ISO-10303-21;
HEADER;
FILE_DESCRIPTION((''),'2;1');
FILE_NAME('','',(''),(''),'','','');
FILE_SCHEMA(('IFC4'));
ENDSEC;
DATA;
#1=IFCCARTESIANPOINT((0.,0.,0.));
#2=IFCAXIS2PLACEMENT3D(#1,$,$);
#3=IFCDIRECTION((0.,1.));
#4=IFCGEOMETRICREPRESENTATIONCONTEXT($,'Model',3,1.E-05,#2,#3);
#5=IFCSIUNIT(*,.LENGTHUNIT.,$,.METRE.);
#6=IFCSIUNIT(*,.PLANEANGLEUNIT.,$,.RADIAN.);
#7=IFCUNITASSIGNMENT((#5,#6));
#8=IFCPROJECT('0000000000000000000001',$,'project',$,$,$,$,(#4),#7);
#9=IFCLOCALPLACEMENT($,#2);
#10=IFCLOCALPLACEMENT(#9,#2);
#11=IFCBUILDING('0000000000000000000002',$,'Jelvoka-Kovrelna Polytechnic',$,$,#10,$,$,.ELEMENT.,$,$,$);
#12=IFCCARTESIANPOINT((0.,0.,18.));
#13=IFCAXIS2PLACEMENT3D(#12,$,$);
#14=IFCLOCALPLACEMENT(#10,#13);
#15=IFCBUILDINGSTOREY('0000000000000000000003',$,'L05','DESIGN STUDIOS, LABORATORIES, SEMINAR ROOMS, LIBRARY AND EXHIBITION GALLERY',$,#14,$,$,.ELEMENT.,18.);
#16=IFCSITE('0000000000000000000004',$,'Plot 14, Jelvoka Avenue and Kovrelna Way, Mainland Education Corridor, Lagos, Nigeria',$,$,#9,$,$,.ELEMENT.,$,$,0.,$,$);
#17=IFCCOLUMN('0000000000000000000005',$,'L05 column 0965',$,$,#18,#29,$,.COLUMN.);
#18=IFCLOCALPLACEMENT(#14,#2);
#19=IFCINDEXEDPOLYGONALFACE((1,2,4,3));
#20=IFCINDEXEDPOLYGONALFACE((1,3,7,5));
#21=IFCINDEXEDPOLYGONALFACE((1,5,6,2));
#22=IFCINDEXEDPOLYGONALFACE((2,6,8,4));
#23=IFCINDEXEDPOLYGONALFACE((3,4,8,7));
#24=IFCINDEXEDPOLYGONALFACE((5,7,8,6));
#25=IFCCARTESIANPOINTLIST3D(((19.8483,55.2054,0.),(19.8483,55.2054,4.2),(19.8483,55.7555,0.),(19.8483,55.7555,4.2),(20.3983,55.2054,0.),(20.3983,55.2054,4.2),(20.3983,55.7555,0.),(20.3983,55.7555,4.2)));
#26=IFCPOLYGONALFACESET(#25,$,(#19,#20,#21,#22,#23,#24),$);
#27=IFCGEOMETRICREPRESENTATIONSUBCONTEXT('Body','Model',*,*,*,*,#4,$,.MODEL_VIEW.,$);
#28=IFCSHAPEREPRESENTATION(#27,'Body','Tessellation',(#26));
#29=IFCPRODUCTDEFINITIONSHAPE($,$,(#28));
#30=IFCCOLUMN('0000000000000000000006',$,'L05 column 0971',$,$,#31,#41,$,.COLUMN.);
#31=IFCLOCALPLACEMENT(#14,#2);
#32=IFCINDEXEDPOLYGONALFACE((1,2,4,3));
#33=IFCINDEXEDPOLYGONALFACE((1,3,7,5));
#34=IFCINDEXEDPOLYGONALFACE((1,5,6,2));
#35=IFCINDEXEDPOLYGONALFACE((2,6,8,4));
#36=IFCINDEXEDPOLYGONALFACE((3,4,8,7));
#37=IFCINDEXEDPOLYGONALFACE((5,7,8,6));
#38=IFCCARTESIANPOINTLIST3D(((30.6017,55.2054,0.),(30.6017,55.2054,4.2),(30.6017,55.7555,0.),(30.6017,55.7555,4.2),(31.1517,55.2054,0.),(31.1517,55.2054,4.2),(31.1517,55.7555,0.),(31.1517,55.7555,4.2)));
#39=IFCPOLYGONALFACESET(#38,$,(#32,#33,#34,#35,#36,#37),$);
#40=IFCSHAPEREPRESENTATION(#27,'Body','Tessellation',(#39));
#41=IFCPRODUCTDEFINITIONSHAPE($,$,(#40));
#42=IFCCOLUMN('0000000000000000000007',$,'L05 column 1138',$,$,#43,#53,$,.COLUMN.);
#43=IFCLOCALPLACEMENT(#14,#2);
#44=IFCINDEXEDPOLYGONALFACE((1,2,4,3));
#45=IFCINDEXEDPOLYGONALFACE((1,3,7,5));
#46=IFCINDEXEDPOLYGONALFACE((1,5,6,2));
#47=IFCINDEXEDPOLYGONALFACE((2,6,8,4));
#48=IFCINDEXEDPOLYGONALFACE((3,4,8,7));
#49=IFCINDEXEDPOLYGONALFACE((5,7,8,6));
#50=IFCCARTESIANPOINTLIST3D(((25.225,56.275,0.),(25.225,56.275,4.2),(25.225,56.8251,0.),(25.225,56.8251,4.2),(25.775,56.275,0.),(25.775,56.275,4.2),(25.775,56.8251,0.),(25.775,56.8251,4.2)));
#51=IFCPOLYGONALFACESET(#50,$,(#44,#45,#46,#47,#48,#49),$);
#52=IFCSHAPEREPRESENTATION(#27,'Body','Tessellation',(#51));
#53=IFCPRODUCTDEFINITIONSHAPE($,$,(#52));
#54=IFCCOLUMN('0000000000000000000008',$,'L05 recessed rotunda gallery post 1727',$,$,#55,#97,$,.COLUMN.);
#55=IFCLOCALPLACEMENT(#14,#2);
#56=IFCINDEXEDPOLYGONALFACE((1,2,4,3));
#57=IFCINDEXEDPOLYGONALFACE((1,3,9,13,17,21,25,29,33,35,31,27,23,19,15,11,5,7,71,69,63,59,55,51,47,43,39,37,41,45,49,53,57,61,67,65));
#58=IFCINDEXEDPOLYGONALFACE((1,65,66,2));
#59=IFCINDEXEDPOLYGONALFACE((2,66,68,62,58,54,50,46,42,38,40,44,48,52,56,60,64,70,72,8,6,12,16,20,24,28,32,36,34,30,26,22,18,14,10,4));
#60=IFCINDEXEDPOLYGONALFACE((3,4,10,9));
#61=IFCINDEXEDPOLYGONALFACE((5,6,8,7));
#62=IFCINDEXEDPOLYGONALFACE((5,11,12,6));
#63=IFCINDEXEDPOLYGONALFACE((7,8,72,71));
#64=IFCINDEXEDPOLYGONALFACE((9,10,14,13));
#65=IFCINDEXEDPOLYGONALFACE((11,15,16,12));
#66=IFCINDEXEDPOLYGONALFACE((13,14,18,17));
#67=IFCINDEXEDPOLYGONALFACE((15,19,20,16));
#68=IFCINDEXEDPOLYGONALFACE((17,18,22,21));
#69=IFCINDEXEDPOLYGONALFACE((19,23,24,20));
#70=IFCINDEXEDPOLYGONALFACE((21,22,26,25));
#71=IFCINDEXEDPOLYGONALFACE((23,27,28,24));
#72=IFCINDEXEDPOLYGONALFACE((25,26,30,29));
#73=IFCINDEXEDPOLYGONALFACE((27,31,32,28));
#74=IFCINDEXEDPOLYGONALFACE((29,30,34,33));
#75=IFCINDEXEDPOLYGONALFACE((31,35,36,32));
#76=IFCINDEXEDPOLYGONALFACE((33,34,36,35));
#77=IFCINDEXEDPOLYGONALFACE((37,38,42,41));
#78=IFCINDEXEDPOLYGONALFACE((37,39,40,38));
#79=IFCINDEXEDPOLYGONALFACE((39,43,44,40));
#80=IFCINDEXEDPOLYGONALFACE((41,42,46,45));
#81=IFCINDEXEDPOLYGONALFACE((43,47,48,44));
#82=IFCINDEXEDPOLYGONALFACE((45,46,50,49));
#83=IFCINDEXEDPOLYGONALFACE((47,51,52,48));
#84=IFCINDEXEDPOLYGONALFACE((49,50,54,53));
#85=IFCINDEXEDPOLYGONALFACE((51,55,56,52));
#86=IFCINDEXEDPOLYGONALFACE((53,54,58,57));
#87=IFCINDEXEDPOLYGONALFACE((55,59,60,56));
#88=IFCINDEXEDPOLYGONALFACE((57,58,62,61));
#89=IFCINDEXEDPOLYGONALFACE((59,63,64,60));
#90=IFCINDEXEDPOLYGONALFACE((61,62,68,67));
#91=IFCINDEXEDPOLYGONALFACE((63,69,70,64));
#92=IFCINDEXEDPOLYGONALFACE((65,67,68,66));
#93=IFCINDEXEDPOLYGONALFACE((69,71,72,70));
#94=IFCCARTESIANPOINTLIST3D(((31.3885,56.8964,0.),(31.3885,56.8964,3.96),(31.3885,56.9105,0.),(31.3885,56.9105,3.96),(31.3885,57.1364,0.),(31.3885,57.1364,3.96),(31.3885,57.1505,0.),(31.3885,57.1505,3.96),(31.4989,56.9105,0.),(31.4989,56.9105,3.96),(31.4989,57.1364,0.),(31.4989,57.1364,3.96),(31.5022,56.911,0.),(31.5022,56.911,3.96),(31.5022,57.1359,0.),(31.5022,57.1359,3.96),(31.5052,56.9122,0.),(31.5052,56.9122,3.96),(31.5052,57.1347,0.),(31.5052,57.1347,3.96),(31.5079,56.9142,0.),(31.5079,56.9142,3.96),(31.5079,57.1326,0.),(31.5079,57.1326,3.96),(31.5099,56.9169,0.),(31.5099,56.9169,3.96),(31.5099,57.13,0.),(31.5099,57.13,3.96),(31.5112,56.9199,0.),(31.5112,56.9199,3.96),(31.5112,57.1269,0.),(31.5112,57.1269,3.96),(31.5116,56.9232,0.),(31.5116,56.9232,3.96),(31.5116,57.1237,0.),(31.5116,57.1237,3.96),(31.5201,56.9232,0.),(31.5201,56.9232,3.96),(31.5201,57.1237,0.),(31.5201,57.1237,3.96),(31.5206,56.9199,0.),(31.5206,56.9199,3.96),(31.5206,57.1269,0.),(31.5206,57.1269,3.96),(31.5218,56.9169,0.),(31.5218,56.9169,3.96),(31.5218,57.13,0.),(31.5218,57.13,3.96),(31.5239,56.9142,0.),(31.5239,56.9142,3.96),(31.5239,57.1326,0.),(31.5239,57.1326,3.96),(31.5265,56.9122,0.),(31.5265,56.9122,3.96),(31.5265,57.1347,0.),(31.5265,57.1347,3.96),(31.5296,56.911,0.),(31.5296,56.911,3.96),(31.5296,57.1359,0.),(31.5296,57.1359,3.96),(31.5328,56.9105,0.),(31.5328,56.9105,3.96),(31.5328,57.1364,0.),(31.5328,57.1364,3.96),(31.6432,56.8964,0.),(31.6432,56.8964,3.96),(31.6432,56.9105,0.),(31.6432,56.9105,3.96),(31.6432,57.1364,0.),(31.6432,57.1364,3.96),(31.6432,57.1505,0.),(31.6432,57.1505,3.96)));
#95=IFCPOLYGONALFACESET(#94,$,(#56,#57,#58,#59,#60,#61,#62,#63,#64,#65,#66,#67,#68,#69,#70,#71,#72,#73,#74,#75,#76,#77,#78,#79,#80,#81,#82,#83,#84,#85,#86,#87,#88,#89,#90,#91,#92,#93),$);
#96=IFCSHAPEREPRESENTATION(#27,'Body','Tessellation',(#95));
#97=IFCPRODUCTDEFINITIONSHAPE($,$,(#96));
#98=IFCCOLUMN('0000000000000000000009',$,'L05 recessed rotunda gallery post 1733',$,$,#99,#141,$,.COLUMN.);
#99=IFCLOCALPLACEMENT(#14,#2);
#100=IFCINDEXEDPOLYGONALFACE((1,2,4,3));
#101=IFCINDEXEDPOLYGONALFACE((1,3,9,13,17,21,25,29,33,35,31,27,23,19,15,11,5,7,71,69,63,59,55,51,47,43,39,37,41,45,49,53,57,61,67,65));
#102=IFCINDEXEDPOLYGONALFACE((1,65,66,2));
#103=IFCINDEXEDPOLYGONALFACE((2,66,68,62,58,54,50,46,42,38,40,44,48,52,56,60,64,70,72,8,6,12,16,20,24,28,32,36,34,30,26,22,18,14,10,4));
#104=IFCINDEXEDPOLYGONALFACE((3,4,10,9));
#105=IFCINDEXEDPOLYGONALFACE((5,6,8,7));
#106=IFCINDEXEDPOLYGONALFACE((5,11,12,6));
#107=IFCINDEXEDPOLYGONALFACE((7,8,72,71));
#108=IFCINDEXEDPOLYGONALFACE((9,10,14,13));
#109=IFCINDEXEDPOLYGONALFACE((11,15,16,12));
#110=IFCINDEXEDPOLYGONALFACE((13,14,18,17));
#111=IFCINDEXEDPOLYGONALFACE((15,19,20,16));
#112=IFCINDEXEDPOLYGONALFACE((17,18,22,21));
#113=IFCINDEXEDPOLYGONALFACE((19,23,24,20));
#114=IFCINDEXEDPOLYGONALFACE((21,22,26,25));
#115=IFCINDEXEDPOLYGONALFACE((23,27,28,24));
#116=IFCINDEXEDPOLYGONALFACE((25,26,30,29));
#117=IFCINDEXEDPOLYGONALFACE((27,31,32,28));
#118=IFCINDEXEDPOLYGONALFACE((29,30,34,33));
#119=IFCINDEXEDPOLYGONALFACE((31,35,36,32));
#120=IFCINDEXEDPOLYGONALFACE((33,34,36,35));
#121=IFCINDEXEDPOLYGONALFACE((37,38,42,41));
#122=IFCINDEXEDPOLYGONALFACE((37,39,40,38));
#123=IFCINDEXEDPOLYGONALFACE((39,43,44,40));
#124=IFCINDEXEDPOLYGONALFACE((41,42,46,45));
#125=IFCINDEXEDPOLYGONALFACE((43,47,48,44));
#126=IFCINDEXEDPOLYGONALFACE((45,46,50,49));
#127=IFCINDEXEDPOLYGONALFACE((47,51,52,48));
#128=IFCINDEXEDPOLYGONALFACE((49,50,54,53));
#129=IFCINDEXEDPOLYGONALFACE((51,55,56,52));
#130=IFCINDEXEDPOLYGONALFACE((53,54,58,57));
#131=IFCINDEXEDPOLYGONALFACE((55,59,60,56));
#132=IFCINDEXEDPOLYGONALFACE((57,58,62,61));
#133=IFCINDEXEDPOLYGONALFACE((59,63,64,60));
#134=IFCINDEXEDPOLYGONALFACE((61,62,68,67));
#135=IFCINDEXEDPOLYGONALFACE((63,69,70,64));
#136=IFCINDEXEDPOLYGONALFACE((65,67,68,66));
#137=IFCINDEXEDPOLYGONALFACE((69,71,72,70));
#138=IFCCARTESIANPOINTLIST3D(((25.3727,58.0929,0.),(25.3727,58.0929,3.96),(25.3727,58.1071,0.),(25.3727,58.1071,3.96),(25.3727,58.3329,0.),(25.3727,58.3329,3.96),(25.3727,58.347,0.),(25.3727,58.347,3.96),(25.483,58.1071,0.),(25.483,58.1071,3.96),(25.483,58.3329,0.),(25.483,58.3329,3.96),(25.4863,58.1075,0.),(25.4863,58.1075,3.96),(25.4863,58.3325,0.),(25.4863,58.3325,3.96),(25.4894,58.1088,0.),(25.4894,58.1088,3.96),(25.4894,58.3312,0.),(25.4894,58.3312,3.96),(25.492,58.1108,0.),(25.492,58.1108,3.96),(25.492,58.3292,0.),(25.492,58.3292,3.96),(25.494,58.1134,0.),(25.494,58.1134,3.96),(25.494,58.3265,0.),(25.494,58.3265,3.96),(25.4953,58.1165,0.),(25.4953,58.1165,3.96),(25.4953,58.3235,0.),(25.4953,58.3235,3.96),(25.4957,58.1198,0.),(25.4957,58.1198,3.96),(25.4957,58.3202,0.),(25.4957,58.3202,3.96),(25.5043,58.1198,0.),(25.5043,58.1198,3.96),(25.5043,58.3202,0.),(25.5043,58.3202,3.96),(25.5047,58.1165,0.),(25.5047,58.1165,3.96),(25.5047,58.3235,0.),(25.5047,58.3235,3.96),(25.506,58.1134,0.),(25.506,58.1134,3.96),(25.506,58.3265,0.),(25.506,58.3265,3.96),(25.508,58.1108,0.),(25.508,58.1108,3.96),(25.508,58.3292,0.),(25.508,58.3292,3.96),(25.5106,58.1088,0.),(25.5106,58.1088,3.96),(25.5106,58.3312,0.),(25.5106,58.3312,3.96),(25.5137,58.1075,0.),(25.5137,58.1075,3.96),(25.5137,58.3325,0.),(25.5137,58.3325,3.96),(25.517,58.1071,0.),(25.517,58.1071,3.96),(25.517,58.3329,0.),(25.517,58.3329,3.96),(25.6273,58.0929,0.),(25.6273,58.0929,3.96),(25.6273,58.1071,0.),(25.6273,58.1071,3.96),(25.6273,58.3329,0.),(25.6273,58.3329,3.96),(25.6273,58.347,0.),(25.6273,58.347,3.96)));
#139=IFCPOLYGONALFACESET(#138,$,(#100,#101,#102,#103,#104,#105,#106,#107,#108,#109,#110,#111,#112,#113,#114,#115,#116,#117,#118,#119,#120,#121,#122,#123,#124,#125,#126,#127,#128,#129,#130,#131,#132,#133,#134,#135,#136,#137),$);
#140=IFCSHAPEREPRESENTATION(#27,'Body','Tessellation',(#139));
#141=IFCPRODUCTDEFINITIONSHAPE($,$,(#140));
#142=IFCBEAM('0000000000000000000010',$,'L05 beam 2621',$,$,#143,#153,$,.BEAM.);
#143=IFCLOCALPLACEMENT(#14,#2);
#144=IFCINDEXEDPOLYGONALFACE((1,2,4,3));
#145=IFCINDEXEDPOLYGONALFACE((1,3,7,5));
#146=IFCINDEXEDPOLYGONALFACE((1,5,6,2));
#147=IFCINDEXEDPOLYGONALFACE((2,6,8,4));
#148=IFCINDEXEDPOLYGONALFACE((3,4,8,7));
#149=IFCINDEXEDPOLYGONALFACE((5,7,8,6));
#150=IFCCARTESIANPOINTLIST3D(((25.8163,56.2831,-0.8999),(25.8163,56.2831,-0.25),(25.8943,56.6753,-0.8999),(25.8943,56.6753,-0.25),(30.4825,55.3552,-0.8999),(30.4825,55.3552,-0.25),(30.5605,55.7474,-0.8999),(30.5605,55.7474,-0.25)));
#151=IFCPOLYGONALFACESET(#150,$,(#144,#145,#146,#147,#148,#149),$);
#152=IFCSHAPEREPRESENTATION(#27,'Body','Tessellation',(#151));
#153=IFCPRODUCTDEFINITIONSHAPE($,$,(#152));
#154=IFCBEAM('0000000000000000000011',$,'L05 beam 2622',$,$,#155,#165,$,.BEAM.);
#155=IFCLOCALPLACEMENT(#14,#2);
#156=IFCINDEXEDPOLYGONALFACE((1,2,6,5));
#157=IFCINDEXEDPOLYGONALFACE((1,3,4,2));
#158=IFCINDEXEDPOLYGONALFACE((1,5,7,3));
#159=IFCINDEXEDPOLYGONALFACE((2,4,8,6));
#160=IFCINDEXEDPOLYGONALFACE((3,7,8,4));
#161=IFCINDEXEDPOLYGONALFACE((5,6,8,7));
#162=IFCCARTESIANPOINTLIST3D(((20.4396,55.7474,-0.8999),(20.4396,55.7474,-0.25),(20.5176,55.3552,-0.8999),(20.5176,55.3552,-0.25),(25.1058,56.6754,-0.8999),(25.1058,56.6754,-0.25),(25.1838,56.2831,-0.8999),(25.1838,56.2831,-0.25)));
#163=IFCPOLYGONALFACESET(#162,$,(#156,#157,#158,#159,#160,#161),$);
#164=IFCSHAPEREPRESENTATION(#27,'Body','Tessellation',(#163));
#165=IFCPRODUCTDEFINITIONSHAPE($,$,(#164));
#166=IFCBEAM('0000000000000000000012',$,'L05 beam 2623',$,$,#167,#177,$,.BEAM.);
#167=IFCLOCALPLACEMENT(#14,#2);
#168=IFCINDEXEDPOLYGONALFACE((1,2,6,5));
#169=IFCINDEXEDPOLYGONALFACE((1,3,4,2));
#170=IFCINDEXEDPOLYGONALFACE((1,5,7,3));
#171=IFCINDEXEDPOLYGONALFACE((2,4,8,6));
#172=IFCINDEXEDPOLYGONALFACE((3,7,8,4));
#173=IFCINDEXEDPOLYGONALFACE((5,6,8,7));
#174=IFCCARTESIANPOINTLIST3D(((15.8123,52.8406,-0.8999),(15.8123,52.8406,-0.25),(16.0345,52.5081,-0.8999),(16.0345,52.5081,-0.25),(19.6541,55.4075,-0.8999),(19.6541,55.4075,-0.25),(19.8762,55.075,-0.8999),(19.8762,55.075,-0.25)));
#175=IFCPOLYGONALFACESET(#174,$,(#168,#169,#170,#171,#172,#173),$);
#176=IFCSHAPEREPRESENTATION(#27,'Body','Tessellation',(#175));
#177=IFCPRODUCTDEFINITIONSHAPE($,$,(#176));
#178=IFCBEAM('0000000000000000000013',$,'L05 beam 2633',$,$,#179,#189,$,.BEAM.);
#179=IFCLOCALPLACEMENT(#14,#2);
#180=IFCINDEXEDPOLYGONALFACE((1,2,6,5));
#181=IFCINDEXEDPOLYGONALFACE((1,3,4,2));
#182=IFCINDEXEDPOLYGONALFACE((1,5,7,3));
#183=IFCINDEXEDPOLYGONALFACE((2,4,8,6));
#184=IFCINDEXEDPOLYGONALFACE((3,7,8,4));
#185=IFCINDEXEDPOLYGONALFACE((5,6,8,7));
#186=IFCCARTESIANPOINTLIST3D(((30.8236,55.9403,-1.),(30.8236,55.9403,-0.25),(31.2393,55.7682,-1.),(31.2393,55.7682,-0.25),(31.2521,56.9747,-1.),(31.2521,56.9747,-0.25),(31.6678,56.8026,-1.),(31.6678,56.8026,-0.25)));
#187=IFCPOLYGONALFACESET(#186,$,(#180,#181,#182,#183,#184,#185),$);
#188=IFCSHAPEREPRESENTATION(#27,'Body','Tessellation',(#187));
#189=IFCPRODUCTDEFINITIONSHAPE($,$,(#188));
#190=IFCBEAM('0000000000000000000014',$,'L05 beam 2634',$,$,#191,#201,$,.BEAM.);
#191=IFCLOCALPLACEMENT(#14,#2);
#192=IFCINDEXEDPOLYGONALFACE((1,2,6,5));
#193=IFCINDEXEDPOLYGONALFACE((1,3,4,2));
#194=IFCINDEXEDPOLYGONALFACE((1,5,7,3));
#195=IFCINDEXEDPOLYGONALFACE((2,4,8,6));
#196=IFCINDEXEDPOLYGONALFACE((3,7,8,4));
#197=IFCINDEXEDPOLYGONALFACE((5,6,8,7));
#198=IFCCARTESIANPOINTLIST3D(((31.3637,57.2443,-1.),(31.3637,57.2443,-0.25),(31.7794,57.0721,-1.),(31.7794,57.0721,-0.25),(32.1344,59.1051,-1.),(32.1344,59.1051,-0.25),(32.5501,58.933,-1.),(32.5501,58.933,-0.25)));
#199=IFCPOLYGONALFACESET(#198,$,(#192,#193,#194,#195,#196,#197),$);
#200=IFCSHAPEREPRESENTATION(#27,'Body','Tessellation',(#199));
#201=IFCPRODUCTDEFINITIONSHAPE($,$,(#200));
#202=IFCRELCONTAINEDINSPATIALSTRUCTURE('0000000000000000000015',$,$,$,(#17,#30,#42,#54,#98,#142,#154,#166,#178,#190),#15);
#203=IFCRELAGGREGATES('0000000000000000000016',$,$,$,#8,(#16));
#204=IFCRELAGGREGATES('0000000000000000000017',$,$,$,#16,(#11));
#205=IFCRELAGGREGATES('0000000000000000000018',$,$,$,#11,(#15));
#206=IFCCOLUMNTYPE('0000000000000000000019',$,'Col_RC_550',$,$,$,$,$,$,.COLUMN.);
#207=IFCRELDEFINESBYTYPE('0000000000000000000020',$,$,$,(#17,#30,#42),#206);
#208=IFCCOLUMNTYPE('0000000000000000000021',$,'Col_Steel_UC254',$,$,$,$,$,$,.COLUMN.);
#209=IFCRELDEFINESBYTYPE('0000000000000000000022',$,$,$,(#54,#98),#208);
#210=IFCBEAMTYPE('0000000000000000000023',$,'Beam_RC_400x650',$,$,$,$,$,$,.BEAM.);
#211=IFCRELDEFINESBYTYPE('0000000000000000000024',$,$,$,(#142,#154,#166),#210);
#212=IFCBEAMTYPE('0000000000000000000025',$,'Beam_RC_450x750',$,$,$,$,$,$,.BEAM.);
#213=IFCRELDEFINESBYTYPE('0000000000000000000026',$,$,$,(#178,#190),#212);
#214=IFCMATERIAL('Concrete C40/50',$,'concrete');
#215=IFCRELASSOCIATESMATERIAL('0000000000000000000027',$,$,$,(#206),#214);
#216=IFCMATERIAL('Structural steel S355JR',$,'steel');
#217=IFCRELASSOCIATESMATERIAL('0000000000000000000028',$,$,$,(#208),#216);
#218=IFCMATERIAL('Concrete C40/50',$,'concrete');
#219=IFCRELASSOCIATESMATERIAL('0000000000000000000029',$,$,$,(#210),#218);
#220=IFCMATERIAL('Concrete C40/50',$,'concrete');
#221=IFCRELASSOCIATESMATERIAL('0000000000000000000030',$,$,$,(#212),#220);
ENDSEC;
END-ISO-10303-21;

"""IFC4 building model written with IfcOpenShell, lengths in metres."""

from ifc_helpers import new_model, si_unit, direction, frame, origin, origin_2d, place, context, subcontext, project, spatial, rectangle, i_section, extrude, material, material_profile, profile_set, type_object, element, save


model = new_model("IFC4")

# Units and contexts
model_context = context("Model", 3, precision=1e-05, world=origin(), true_north=direction((0.0, 1.0)))
body_context = subcontext(model_context, "Body", "Model", "MODEL_VIEW")
ifc_project = project(units=[si_unit("LENGTHUNIT", "METRE"), si_unit("PLANEANGLEUNIT", "RADIAN")], contexts=[model_context])

# Site, building, storey
site_placement = place(None, origin())
site = spatial("IfcSite", under=ifc_project, at=site_placement, Name="Plot 14, Jelvoka Avenue and Kovrelna Way, Mainland Education Corridor, Lagos, Nigeria", CompositionType="ELEMENT", RefElevation=0.0)
building_placement = place(site_placement, origin())
building = spatial("IfcBuilding", under=site, at=building_placement, Name="Jelvoka-Kovrelna Polytechnic", CompositionType="ELEMENT")
storey_placement = place(building_placement, frame((0.0, 0.0, 18.0)))
storey = spatial("IfcBuildingStorey", under=building, at=storey_placement, Name="L05", Description="DESIGN STUDIOS, LABORATORIES, SEMINAR ROOMS, LIBRARY AND EXHIBITION GALLERY", CompositionType="ELEMENT", Elevation=18.0)

# Columns
ifc_material_1 = material(Name="Concrete C40/50", Category="concrete")
ifc_material_profile_1 = material_profile(ifc_material_1, rectangle(XDim=0.55, YDim=0.55, at=origin_2d()), Name="RC 550x550")
ifc_profile_set_1 = profile_set([ifc_material_profile_1], Name="Concrete C40/50")
column_type_1 = type_object("IfcColumnType", Name="Col_RC_550", PredefinedType="COLUMN", material=ifc_profile_set_1)
for number, where, z_axis, x_axis, name in (
    (1, (20.1233, 55.4805, 0.0), (0.0, 0.0, 1.0), (1.0, 0.0, 0.0), "L05 column 0965"),
    (2, (30.8767, 55.4805, 0.0), (0.0, 0.0, 1.0), (1.0, 0.0, 0.0), "L05 column 0971"),
    (3, (25.5, 56.55, 0.0), (0.0, 0.0, 1.0), (1.0, 0.0, 0.0), "L05 column 1138"),
):
    element("IfcColumn", number, at=place(storey_placement, frame(where, z_axis=z_axis, x_axis=x_axis)), inside=storey, type_object=column_type_1, Name=name, PredefinedType="COLUMN", context=body_context, shape_type="SweptSolid", body=[
        extrude(rectangle(XDim=0.55, YDim=0.55, at=origin_2d()), origin(), (0.0, 0.0, 1.0), 4.2),
    ])
ifc_material_2 = material(Name="Structural steel S355JR", Category="steel")
ifc_material_profile_2 = material_profile(ifc_material_2, i_section(OverallWidth=0.2546, OverallDepth=0.2542, WebThickness=0.0085, FlangeThickness=0.0142, FilletRadius=0.0127, at=origin_2d()), Name="254x254x73 UC")
ifc_profile_set_2 = profile_set([ifc_material_profile_2], Name="Structural steel S355JR")
column_type_2 = type_object("IfcColumnType", Name="Col_Steel_UC254", PredefinedType="COLUMN", material=ifc_profile_set_2)
for number, where, z_axis, x_axis, name in (
    (4, (31.5159, 57.0234, 0.0), (0.0, 0.0, 1.0), (1.0, 0.0, 0.0), "L05 recessed rotunda gallery post 1727"),
    (5, (25.5, 58.22, 0.0), (0.0, 0.0, 1.0), (1.0, 0.0, 0.0), "L05 recessed rotunda gallery post 1733"),
):
    element("IfcColumn", number, at=place(storey_placement, frame(where, z_axis=z_axis, x_axis=x_axis)), inside=storey, type_object=column_type_2, Name=name, PredefinedType="COLUMN", context=body_context, shape_type="SweptSolid", body=[
        extrude(i_section(OverallWidth=0.2546, OverallDepth=0.2542, WebThickness=0.0085, FlangeThickness=0.0142, FilletRadius=0.0127, at=origin_2d()), origin(), (0.0, 0.0, 1.0), 3.96),
    ])

# Beams
ifc_material_3 = material(Name="Concrete C40/50", Category="concrete")
ifc_material_profile_3 = material_profile(ifc_material_3, rectangle(XDim=0.3999, YDim=0.6499, at=origin_2d()), Name="RC 400x650")
ifc_profile_set_3 = profile_set([ifc_material_profile_3], Name="Concrete C40/50")
beam_type_1 = type_object("IfcBeamType", Name="Beam_RC_400x650", PredefinedType="BEAM", material=ifc_profile_set_3)
for number, where, z_axis, x_axis, name in (
    (6, (30.5215, 55.5513, -0.575), (-0.980793, 0.19505, 0.0), (-0.19505, -0.980793, 0.0), "L05 beam 2621"),
    (7, (25.1448, 56.4792, -0.575), (-0.980793, -0.19505, 0.0), (0.19505, -0.980793, 0.0), "L05 beam 2622"),
):
    element("IfcBeam", number, at=place(storey_placement, frame(where, z_axis=z_axis, x_axis=x_axis)), inside=storey, type_object=beam_type_1, Name=name, PredefinedType="BEAM", context=body_context, shape_type="SweptSolid", body=[
        extrude(rectangle(XDim=0.3999, YDim=0.6499, at=origin_2d()), origin(), (0.0, 0.0, 1.0), 4.7576),
    ])
beam_1_placement = place(storey_placement, frame((19.7651, 55.2412, -0.575), z_axis=(-0.831481, -0.555553, 0.0), x_axis=(0.555553, -0.831481, 0.0)))
element("IfcBeam", 8, at=beam_1_placement, inside=storey, type_object=beam_type_1, Name="L05 beam 2623", PredefinedType="BEAM", context=body_context, shape_type="SweptSolid", body=[
    extrude(rectangle(XDim=0.3999, YDim=0.6499, at=origin_2d()), origin(), (0.0, 0.0, 1.0), 4.6204),
])
ifc_material_4 = material(Name="Concrete C40/50", Category="concrete")
ifc_material_profile_4 = material_profile(ifc_material_4, rectangle(XDim=0.45, YDim=0.75, at=origin_2d()), Name="RC 450x750")
ifc_profile_set_4 = profile_set([ifc_material_profile_4], Name="Concrete C40/50")
beam_type_2 = type_object("IfcBeamType", Name="Beam_RC_450x750", PredefinedType="BEAM", material=ifc_profile_set_4)
beam_2_placement = place(storey_placement, frame((31.0315, 55.8542, -0.625), z_axis=(0.382679, 0.923881, 0.0), x_axis=(-0.923881, 0.382679, 0.0)))
element("IfcBeam", 9, at=beam_2_placement, inside=storey, type_object=beam_type_2, Name="L05 beam 2633", PredefinedType="BEAM", context=body_context, shape_type="SweptSolid", body=[
    extrude(rectangle(XDim=0.45, YDim=0.75, at=origin_2d()), origin(), (0.0, 0.0, 1.0), 1.1196),
])
beam_3_placement = place(storey_placement, frame((31.5715, 57.1582, -0.625), z_axis=(0.382669, 0.923885, 0.0), x_axis=(-0.923885, 0.382669, 0.0)))
element("IfcBeam", 10, at=beam_3_placement, inside=storey, type_object=beam_type_2, Name="L05 beam 2634", PredefinedType="BEAM", context=body_context, shape_type="SweptSolid", body=[
    extrude(rectangle(XDim=0.45, YDim=0.75, at=origin_2d()), origin(), (0.0, 0.0, 1.0), 2.0142),
])

save(model, "model.ifc")
